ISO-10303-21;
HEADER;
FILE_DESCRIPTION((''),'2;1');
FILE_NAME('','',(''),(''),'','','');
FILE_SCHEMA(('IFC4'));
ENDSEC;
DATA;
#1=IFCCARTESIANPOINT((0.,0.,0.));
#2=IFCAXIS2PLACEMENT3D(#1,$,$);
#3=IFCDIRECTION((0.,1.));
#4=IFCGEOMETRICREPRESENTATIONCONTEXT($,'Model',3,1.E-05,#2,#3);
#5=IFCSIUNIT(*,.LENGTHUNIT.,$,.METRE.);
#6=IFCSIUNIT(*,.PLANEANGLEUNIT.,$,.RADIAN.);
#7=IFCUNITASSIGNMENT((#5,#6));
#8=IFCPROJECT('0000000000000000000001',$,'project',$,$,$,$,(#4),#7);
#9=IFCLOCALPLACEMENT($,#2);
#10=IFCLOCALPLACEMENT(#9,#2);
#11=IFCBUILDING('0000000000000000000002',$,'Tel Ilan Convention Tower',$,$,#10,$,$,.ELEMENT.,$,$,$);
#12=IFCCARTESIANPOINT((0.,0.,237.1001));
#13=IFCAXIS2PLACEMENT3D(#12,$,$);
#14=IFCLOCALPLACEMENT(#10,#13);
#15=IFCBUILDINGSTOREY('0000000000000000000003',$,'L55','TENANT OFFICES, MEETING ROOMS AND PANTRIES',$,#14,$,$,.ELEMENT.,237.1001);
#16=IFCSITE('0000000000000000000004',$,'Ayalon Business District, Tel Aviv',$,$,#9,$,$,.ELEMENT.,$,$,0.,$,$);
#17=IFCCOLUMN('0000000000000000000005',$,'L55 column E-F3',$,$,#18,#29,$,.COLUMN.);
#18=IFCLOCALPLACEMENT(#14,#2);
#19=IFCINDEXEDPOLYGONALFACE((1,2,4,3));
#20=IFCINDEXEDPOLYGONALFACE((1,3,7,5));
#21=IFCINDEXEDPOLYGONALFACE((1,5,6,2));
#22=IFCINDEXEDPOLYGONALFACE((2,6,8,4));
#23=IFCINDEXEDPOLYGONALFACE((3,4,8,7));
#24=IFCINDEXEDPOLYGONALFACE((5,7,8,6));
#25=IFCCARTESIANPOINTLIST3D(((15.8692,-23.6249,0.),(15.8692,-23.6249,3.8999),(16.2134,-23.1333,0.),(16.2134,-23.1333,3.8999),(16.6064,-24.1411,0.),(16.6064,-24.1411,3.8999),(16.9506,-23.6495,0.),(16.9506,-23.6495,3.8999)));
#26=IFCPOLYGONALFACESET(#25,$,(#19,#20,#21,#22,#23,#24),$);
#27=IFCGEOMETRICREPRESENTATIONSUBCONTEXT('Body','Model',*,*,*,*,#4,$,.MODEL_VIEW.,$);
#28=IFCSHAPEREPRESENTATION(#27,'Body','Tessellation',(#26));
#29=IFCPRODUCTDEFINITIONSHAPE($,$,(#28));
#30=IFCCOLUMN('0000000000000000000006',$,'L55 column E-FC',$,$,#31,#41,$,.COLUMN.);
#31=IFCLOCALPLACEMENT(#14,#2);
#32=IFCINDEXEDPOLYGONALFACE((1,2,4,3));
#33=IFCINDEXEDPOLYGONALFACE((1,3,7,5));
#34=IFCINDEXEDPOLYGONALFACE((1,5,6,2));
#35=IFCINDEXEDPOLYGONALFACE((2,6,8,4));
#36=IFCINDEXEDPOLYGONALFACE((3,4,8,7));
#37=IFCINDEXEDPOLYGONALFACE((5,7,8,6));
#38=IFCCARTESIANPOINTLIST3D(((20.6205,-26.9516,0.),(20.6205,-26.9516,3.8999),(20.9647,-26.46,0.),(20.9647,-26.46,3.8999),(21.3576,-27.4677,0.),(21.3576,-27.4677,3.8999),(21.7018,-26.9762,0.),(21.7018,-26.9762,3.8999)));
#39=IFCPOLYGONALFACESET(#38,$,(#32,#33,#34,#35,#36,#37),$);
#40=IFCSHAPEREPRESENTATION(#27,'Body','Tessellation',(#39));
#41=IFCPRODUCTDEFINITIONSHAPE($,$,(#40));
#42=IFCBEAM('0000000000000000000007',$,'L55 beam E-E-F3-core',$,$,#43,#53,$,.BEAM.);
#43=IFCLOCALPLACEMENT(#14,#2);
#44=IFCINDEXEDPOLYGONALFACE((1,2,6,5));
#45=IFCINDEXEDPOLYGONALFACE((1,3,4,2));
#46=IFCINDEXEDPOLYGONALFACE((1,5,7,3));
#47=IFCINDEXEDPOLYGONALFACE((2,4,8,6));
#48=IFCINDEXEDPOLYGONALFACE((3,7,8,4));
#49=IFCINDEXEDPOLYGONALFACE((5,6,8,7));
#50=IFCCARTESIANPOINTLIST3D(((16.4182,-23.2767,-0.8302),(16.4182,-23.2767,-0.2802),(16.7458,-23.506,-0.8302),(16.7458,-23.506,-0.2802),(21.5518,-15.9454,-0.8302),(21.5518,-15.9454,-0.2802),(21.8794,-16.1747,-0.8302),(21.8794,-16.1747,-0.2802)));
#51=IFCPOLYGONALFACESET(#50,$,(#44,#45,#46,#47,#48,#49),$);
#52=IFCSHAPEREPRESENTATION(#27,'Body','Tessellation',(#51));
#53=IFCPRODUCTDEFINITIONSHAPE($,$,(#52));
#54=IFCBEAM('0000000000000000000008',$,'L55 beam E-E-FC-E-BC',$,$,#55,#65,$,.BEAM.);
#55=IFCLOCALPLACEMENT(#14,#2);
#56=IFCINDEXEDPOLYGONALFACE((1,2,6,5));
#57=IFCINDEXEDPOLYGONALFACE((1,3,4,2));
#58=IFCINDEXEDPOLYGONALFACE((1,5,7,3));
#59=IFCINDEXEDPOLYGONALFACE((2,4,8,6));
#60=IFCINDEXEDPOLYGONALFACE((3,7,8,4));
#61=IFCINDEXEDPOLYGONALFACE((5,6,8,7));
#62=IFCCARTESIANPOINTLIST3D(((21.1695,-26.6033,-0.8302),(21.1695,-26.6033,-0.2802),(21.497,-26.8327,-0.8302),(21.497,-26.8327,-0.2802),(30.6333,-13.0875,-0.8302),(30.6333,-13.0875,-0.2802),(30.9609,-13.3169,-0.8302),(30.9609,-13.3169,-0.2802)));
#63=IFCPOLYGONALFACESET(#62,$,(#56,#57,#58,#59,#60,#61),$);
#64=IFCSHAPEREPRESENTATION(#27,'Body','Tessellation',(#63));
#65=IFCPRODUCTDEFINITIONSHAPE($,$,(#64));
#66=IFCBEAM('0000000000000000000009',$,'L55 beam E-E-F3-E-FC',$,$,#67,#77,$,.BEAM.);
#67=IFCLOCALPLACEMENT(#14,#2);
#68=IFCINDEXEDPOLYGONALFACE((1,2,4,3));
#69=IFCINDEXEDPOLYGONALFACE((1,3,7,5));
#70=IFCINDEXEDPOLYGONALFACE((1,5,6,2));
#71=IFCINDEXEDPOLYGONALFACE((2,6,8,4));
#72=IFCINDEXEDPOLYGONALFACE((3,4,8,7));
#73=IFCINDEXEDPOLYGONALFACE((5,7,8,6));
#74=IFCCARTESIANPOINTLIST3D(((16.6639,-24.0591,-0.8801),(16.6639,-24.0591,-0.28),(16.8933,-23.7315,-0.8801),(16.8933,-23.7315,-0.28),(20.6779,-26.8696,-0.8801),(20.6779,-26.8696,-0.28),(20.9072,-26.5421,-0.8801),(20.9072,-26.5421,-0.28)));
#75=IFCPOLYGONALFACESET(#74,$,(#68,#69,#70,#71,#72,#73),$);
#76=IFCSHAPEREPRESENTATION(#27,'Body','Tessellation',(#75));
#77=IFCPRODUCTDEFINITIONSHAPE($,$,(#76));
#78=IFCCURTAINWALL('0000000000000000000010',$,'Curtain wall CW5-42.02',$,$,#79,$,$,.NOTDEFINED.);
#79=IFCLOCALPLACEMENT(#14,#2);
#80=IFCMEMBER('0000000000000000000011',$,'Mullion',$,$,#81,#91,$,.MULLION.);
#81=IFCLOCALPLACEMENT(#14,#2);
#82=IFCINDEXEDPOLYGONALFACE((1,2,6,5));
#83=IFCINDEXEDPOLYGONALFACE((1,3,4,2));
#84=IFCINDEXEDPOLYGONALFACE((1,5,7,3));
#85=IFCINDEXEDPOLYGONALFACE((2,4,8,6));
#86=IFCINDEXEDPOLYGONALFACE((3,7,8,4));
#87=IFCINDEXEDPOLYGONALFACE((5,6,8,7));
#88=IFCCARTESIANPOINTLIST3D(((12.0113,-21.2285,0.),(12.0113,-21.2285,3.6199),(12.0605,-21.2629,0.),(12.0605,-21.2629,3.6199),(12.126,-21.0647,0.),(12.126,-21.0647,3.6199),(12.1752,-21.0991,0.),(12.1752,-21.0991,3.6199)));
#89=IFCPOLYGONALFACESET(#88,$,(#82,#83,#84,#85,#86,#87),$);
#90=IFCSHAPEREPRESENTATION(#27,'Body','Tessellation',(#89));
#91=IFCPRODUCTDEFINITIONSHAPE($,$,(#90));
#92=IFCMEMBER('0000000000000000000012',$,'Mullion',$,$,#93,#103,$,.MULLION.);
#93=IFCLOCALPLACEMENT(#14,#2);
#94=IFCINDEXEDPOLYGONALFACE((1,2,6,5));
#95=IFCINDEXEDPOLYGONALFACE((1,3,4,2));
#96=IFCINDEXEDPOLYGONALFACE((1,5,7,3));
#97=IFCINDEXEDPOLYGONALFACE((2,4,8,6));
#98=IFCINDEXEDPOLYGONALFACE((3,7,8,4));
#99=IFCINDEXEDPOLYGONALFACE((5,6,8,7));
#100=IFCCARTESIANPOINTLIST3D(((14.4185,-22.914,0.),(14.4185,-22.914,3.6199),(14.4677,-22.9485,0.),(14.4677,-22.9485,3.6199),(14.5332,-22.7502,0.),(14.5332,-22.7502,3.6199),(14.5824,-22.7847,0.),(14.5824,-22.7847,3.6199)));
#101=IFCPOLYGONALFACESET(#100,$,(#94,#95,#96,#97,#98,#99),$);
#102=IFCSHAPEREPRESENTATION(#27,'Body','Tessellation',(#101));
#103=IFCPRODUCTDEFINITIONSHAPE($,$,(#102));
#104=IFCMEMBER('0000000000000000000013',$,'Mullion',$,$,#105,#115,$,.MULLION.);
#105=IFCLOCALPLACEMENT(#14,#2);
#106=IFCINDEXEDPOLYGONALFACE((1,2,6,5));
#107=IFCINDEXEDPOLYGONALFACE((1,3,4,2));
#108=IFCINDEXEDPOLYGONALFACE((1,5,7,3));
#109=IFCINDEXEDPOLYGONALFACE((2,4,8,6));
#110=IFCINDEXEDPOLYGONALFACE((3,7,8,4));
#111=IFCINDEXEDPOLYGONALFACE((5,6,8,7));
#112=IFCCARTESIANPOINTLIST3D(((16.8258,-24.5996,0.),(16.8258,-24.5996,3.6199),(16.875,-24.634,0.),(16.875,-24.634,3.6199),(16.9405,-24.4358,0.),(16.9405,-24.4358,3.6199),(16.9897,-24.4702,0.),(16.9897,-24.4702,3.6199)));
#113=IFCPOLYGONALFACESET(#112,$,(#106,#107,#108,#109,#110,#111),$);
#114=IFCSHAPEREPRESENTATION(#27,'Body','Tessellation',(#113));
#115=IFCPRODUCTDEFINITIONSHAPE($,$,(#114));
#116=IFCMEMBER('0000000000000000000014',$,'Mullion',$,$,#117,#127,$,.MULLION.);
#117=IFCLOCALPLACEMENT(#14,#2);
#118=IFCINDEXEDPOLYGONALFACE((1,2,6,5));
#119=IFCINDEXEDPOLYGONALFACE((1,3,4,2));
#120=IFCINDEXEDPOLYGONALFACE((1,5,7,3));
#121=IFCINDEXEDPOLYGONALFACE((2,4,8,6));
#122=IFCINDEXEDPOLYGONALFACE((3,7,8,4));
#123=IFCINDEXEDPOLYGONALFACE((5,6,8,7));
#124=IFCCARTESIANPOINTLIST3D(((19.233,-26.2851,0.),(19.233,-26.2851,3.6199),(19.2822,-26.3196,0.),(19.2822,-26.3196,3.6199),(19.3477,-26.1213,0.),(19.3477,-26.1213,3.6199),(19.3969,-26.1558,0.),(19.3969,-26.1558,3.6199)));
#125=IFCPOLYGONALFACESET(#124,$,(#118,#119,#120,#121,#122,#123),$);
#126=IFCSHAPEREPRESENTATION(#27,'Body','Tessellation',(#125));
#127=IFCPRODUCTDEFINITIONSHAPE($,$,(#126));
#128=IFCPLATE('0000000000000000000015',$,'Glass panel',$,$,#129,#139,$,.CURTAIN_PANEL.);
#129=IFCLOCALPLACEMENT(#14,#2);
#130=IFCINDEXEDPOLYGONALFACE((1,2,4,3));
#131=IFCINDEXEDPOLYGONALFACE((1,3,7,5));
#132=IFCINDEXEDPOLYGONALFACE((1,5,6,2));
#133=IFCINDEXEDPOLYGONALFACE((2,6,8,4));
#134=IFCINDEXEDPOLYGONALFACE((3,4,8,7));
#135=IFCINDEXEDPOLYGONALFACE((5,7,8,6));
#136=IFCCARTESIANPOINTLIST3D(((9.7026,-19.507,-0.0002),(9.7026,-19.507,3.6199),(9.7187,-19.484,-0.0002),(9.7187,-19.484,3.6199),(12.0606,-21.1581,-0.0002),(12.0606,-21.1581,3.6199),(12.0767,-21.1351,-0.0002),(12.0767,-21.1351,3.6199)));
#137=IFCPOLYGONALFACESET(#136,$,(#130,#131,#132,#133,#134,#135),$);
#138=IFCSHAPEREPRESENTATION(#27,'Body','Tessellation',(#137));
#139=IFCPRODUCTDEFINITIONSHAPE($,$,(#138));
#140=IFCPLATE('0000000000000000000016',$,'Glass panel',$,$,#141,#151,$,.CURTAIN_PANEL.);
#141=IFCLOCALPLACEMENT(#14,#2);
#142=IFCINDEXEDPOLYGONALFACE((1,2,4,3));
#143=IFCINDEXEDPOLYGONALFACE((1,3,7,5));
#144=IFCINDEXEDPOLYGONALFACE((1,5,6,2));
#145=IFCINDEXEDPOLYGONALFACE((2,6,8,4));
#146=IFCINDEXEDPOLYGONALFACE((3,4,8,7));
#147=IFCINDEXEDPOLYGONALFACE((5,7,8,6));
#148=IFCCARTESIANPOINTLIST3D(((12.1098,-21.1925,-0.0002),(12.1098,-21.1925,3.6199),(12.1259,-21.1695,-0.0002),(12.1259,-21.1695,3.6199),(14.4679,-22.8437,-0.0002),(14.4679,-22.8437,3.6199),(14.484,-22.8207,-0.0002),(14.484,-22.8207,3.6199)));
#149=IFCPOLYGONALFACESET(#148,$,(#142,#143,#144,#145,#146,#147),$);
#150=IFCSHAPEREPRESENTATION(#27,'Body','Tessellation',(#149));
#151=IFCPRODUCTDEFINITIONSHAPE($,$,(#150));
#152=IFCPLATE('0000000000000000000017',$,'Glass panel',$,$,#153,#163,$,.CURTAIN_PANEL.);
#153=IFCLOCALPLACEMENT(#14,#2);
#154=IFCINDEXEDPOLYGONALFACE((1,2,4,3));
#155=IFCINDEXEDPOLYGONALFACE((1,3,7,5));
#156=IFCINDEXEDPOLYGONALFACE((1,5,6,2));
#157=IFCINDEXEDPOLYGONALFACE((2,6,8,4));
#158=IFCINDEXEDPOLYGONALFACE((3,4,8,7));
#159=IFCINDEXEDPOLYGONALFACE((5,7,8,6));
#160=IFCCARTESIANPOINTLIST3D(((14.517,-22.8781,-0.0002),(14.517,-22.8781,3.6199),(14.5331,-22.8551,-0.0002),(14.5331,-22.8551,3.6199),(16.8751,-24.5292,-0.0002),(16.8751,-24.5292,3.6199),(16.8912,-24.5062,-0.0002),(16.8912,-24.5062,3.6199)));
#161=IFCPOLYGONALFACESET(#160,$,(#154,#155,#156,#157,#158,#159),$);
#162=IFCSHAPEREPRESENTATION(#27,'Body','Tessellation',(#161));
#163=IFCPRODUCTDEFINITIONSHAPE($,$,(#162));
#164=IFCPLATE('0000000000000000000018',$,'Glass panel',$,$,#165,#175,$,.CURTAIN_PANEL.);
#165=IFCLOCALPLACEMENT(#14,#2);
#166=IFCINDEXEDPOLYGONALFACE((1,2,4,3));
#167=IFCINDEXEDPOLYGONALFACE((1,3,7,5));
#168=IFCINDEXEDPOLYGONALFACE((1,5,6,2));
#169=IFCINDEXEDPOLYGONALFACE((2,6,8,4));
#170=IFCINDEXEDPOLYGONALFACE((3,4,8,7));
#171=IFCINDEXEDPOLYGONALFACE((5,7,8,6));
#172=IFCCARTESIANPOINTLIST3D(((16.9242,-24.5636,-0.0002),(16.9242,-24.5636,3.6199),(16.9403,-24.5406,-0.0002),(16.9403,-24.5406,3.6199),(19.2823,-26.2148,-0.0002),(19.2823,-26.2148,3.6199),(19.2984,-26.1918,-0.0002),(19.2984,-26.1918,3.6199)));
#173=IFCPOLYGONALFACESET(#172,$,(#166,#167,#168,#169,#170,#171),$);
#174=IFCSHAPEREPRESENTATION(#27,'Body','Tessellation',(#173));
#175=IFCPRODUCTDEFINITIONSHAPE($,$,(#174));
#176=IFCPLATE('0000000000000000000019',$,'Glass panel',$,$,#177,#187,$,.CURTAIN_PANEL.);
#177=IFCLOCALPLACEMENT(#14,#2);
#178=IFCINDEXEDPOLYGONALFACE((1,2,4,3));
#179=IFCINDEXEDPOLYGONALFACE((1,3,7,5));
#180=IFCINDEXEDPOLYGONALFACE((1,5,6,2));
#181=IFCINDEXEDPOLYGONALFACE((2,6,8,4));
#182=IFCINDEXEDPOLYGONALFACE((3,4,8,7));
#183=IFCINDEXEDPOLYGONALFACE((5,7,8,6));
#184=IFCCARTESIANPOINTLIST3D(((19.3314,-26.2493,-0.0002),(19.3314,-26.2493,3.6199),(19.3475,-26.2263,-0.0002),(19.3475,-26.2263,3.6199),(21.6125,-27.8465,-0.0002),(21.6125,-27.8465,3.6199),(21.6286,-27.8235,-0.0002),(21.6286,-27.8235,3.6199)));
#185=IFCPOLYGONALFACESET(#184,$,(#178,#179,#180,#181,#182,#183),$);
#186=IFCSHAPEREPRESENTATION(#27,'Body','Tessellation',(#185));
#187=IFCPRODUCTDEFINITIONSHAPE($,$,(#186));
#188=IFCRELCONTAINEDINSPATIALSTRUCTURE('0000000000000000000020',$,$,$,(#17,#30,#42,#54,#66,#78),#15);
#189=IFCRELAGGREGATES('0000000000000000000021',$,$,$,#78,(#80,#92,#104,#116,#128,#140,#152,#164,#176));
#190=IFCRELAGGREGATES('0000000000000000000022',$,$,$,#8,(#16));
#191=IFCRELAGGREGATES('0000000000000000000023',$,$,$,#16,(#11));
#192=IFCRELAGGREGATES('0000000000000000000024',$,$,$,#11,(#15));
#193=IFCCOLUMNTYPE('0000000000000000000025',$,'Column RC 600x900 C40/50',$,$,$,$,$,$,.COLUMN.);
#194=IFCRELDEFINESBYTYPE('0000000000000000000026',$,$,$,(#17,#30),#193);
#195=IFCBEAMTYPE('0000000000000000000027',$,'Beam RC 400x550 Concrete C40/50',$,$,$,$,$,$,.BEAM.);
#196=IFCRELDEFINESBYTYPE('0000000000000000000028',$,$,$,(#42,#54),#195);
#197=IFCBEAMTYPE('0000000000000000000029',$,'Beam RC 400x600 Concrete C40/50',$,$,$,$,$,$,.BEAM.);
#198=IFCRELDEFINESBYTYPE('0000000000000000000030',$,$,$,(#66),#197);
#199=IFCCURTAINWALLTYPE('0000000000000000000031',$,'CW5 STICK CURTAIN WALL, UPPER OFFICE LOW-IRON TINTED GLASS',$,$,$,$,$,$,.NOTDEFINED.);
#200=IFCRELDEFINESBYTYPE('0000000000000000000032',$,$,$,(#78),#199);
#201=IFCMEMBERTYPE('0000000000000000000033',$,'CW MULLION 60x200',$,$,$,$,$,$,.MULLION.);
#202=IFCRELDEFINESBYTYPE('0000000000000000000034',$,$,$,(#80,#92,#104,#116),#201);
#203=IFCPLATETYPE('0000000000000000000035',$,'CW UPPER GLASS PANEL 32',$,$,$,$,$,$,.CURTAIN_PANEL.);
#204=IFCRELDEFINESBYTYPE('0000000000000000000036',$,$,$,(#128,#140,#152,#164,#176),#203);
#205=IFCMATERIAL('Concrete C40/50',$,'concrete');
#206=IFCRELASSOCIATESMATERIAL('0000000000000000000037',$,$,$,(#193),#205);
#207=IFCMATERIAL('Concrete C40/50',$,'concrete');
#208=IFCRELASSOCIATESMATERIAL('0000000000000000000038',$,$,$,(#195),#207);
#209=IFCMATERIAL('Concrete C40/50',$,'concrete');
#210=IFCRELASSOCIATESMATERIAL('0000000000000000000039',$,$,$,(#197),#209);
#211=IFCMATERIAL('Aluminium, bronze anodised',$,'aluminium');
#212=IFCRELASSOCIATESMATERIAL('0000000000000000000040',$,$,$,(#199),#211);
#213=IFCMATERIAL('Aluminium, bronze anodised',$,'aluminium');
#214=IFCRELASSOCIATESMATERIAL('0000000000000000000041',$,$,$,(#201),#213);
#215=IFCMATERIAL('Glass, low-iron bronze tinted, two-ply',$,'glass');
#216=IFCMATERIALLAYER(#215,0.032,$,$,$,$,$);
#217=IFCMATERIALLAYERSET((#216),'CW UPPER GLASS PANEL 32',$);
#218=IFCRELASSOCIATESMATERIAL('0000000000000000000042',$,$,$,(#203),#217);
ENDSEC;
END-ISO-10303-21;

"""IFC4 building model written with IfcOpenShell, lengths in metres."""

from ifc_helpers import new_model, si_unit, direction, frame, origin, origin_2d, place, context, subcontext, project, spatial, rectangle, extrude, material, layer, layer_set, material_profile, profile_set, type_object, element, aggregate, save


model = new_model("IFC4")

# Units and contexts
model_context = context("Model", 3, precision=1e-05, world=origin(), true_north=direction((0.0, 1.0)))
body_context = subcontext(model_context, "Body", "Model", "MODEL_VIEW")
ifc_project = project(units=[si_unit("LENGTHUNIT", "METRE"), si_unit("PLANEANGLEUNIT", "RADIAN")], contexts=[model_context])

# Site, building, storey
site_placement = place(None, origin())
site = spatial("IfcSite", under=ifc_project, at=site_placement, Name="Ayalon Business District, Tel Aviv", CompositionType="ELEMENT", RefElevation=0.0)
building_placement = place(site_placement, origin())
building = spatial("IfcBuilding", under=site, at=building_placement, Name="Tel Ilan Convention Tower", CompositionType="ELEMENT")
storey_placement = place(building_placement, frame((0.0, 0.0, 237.1001)))
storey = spatial("IfcBuildingStorey", under=building, at=storey_placement, Name="L55", Description="TENANT OFFICES, MEETING ROOMS AND PANTRIES", CompositionType="ELEMENT", Elevation=237.1001)

# Columns
ifc_material_1 = material(Name="Concrete C40/50", Category="concrete")
ifc_material_profile_1 = material_profile(ifc_material_1, rectangle(XDim=0.8999, YDim=0.6001, at=origin_2d()), Name="RC 600x900")
ifc_profile_set_1 = profile_set([ifc_material_profile_1], Name="Concrete C40/50")
column_type = type_object("IfcColumnType", Name="Column RC 600x900 C40/50", PredefinedType="COLUMN", material=ifc_profile_set_1)
for number, where, z_axis, x_axis, name in (
    (1, (16.4099, -23.6372, 0.0), (0.0, 0.0, 1.0), (0.819152, -0.573576, 0.0), "L55 column E-F3"),
    (2, (21.1611, -26.9639, 0.0), (0.0, 0.0, 1.0), (0.819152, -0.573576, 0.0), "L55 column E-FC"),
):
    element("IfcColumn", number, at=place(storey_placement, frame(where, z_axis=z_axis, x_axis=x_axis)), inside=storey, type_object=column_type, Name=name, PredefinedType="COLUMN", context=body_context, shape_type="SweptSolid", body=[
        extrude(rectangle(XDim=0.8999, YDim=0.6001, at=origin_2d()), origin(), (0.0, 0.0, 1.0), 3.8999),
    ])

# Beams
ifc_material_2 = material(Name="Concrete C40/50", Category="concrete")
ifc_material_profile_2 = material_profile(ifc_material_2, rectangle(XDim=0.3999, YDim=0.55, at=origin_2d()), Name="RC 400x550")
ifc_profile_set_2 = profile_set([ifc_material_profile_2], Name="Concrete C40/50")
beam_type_1 = type_object("IfcBeamType", Name="Beam RC 400x550 Concrete C40/50", PredefinedType="BEAM", material=ifc_profile_set_2)
beam_1_placement = place(storey_placement, frame((16.582, -23.3914, -0.5552), z_axis=(0.573585, 0.819146, 0.0), x_axis=(-0.819146, 0.573585, 0.0)))
element("IfcBeam", 3, at=beam_1_placement, inside=storey, type_object=beam_type_1, Name="L55 beam E-E-F3-core", PredefinedType="BEAM", context=body_context, shape_type="SweptSolid", body=[
    extrude(rectangle(XDim=0.3999, YDim=0.55, at=origin_2d()), origin(), (0.0, 0.0, 1.0), 8.95),
])
beam_2_placement = place(storey_placement, frame((21.3333, -26.718, -0.5552), z_axis=(0.573575, 0.819153, 0.0), x_axis=(-0.819153, 0.573575, 0.0)))
element("IfcBeam", 4, at=beam_2_placement, inside=storey, type_object=beam_type_1, Name="L55 beam E-E-FC-E-BC", PredefinedType="BEAM", context=body_context, shape_type="SweptSolid", body=[
    extrude(rectangle(XDim=0.3999, YDim=0.55, at=origin_2d()), origin(), (0.0, 0.0, 1.0), 16.4998),
])
ifc_material_3 = material(Name="Concrete C40/50", Category="concrete")
ifc_material_profile_3 = material_profile(ifc_material_3, rectangle(XDim=0.3999, YDim=0.6001, at=origin_2d()), Name="RC 400x600")
ifc_profile_set_3 = profile_set([ifc_material_profile_3], Name="Concrete C40/50")
beam_type_2 = type_object("IfcBeamType", Name="Beam RC 400x600 Concrete C40/50", PredefinedType="BEAM", material=ifc_profile_set_3)
beam_3_placement = place(storey_placement, frame((16.7786, -23.8953, -0.5801), z_axis=(0.819155, -0.573573, 0.0), x_axis=(0.573573, 0.819155, 0.0)))
element("IfcBeam", 5, at=beam_3_placement, inside=storey, type_object=beam_type_2, Name="L55 beam E-E-F3-E-FC", PredefinedType="BEAM", context=body_context, shape_type="SweptSolid", body=[
    extrude(rectangle(XDim=0.3999, YDim=0.6001, at=origin_2d()), origin(), (0.0, 0.0, 1.0), 4.9001),
])

# Curtain wall, members, plates
ifc_material_4 = material(Name="Aluminium, bronze anodised", Category="aluminium")
curtain_wall_type = type_object("IfcCurtainWallType", Name="CW5 STICK CURTAIN WALL, UPPER OFFICE LOW-IRON TINTED GLASS", PredefinedType="NOTDEFINED", material=ifc_material_4)
curtain_wall_placement = place(storey_placement, origin())
curtain_wall = element("IfcCurtainWall", 6, at=curtain_wall_placement, inside=storey, type_object=curtain_wall_type, Name="Curtain wall CW5-42.02", PredefinedType="NOTDEFINED")
ifc_material_5 = material(Name="Aluminium, bronze anodised", Category="aluminium")
ifc_material_profile_4 = material_profile(ifc_material_5, rectangle(XDim=0.0601, YDim=0.2, at=origin_2d()), Name="CW MULLION 60x200")
ifc_profile_set_4 = profile_set([ifc_material_profile_4], Name="Aluminium, bronze anodised")
member_type = type_object("IfcMemberType", Name="CW MULLION 60x200", PredefinedType="MULLION", material=ifc_profile_set_4)
member_1_placement = place(storey_placement, frame((12.0933, -21.1638, 0.0), z_axis=(0.0, 0.0, 1.0), x_axis=(0.819152, -0.573576, 0.0)))
member_1 = element("IfcMember", 7, at=member_1_placement, type_object=member_type, Name="Mullion", PredefinedType="MULLION", context=body_context, shape_type="SweptSolid", body=[
    extrude(rectangle(XDim=0.0601, YDim=0.2, at=origin_2d()), origin(), (0.0, 0.0, 1.0), 3.6199),
])
member_2_placement = place(storey_placement, frame((14.5005, -22.8494, 0.0), z_axis=(0.0, 0.0, 1.0), x_axis=(0.819152, -0.573576, 0.0)))
member_2 = element("IfcMember", 8, at=member_2_placement, type_object=member_type, Name="Mullion", PredefinedType="MULLION", context=body_context, shape_type="SweptSolid", body=[
    extrude(rectangle(XDim=0.0601, YDim=0.2, at=origin_2d()), origin(), (0.0, 0.0, 1.0), 3.6199),
])
member_3_placement = place(storey_placement, frame((16.9077, -24.5349, 0.0), z_axis=(0.0, 0.0, 1.0), x_axis=(0.819152, -0.573576, 0.0)))
member_3 = element("IfcMember", 9, at=member_3_placement, type_object=member_type, Name="Mullion", PredefinedType="MULLION", context=body_context, shape_type="SweptSolid", body=[
    extrude(rectangle(XDim=0.0601, YDim=0.2, at=origin_2d()), origin(), (0.0, 0.0, 1.0), 3.6199),
])
member_4_placement = place(storey_placement, frame((19.3149, -26.2205, 0.0), z_axis=(0.0, 0.0, 1.0), x_axis=(0.819152, -0.573576, 0.0)))
member_4 = element("IfcMember", 10, at=member_4_placement, type_object=member_type, Name="Mullion", PredefinedType="MULLION", context=body_context, shape_type="SweptSolid", body=[
    extrude(rectangle(XDim=0.0601, YDim=0.2, at=origin_2d()), origin(), (0.0, 0.0, 1.0), 3.6199),
])
ifc_material_6 = material(Name="Glass, low-iron bronze tinted, two-ply", Category="glass")
ifc_layer_1 = layer(ifc_material_6, 0.032)
ifc_layer_set_1 = layer_set([ifc_layer_1], Name="CW UPPER GLASS PANEL 32")
plate_type = type_object("IfcPlateType", Name="CW UPPER GLASS PANEL 32", PredefinedType="CURTAIN_PANEL", material=ifc_layer_set_1)
plate_1_placement = place(storey_placement, frame((10.8896, -20.321, -0.0002), z_axis=(0.0, 0.0, 1.0), x_axis=(0.819152, -0.573576, 0.0)))
plate_1 = element("IfcPlate", 11, at=plate_1_placement, type_object=plate_type, Name="Glass panel", PredefinedType="CURTAIN_PANEL", context=body_context, shape_type="SweptSolid", body=[
    extrude(rectangle(XDim=2.8787, YDim=0.0281, at=origin_2d()), origin(), (0.0, 0.0, 1.0), 3.6201),
])
plate_2_placement = place(storey_placement, frame((13.2969, -22.0066, -0.0002), z_axis=(0.0, 0.0, 1.0), x_axis=(0.819152, -0.573576, 0.0)))
plate_2 = element("IfcPlate", 12, at=plate_2_placement, type_object=plate_type, Name="Glass panel", PredefinedType="CURTAIN_PANEL", context=body_context, shape_type="SweptSolid", body=[
    extrude(rectangle(XDim=2.8787, YDim=0.0281, at=origin_2d()), origin(), (0.0, 0.0, 1.0), 3.6201),
])
plate_3_placement = place(storey_placement, frame((15.7041, -23.6921, -0.0002), z_axis=(0.0, 0.0, 1.0), x_axis=(0.819152, -0.573576, 0.0)))
plate_3 = element("IfcPlate", 13, at=plate_3_placement, type_object=plate_type, Name="Glass panel", PredefinedType="CURTAIN_PANEL", context=body_context, shape_type="SweptSolid", body=[
    extrude(rectangle(XDim=2.8787, YDim=0.0281, at=origin_2d()), origin(), (0.0, 0.0, 1.0), 3.6201),
])
plate_4_placement = place(storey_placement, frame((18.1113, -25.3777, -0.0002), z_axis=(0.0, 0.0, 1.0), x_axis=(0.819152, -0.573576, 0.0)))
plate_4 = element("IfcPlate", 14, at=plate_4_placement, type_object=plate_type, Name="Glass panel", PredefinedType="CURTAIN_PANEL", context=body_context, shape_type="SweptSolid", body=[
    extrude(rectangle(XDim=2.8787, YDim=0.0281, at=origin_2d()), origin(), (0.0, 0.0, 1.0), 3.6201),
])
plate_5_placement = place(storey_placement, frame((20.48, -27.0364, -0.0002), z_axis=(0.0, 0.0, 1.0), x_axis=(0.819152, -0.573576, 0.0)))
plate_5 = element("IfcPlate", 15, at=plate_5_placement, type_object=plate_type, Name="Glass panel", PredefinedType="CURTAIN_PANEL", context=body_context, shape_type="SweptSolid", body=[
    extrude(rectangle(XDim=2.7847, YDim=0.0281, at=origin_2d()), origin(), (0.0, 0.0, 1.0), 3.6201),
])
aggregate(curtain_wall, [member_1, member_2, member_3, member_4, plate_1, plate_2, plate_3, plate_4, plate_5])

save(model, "model.ifc")
